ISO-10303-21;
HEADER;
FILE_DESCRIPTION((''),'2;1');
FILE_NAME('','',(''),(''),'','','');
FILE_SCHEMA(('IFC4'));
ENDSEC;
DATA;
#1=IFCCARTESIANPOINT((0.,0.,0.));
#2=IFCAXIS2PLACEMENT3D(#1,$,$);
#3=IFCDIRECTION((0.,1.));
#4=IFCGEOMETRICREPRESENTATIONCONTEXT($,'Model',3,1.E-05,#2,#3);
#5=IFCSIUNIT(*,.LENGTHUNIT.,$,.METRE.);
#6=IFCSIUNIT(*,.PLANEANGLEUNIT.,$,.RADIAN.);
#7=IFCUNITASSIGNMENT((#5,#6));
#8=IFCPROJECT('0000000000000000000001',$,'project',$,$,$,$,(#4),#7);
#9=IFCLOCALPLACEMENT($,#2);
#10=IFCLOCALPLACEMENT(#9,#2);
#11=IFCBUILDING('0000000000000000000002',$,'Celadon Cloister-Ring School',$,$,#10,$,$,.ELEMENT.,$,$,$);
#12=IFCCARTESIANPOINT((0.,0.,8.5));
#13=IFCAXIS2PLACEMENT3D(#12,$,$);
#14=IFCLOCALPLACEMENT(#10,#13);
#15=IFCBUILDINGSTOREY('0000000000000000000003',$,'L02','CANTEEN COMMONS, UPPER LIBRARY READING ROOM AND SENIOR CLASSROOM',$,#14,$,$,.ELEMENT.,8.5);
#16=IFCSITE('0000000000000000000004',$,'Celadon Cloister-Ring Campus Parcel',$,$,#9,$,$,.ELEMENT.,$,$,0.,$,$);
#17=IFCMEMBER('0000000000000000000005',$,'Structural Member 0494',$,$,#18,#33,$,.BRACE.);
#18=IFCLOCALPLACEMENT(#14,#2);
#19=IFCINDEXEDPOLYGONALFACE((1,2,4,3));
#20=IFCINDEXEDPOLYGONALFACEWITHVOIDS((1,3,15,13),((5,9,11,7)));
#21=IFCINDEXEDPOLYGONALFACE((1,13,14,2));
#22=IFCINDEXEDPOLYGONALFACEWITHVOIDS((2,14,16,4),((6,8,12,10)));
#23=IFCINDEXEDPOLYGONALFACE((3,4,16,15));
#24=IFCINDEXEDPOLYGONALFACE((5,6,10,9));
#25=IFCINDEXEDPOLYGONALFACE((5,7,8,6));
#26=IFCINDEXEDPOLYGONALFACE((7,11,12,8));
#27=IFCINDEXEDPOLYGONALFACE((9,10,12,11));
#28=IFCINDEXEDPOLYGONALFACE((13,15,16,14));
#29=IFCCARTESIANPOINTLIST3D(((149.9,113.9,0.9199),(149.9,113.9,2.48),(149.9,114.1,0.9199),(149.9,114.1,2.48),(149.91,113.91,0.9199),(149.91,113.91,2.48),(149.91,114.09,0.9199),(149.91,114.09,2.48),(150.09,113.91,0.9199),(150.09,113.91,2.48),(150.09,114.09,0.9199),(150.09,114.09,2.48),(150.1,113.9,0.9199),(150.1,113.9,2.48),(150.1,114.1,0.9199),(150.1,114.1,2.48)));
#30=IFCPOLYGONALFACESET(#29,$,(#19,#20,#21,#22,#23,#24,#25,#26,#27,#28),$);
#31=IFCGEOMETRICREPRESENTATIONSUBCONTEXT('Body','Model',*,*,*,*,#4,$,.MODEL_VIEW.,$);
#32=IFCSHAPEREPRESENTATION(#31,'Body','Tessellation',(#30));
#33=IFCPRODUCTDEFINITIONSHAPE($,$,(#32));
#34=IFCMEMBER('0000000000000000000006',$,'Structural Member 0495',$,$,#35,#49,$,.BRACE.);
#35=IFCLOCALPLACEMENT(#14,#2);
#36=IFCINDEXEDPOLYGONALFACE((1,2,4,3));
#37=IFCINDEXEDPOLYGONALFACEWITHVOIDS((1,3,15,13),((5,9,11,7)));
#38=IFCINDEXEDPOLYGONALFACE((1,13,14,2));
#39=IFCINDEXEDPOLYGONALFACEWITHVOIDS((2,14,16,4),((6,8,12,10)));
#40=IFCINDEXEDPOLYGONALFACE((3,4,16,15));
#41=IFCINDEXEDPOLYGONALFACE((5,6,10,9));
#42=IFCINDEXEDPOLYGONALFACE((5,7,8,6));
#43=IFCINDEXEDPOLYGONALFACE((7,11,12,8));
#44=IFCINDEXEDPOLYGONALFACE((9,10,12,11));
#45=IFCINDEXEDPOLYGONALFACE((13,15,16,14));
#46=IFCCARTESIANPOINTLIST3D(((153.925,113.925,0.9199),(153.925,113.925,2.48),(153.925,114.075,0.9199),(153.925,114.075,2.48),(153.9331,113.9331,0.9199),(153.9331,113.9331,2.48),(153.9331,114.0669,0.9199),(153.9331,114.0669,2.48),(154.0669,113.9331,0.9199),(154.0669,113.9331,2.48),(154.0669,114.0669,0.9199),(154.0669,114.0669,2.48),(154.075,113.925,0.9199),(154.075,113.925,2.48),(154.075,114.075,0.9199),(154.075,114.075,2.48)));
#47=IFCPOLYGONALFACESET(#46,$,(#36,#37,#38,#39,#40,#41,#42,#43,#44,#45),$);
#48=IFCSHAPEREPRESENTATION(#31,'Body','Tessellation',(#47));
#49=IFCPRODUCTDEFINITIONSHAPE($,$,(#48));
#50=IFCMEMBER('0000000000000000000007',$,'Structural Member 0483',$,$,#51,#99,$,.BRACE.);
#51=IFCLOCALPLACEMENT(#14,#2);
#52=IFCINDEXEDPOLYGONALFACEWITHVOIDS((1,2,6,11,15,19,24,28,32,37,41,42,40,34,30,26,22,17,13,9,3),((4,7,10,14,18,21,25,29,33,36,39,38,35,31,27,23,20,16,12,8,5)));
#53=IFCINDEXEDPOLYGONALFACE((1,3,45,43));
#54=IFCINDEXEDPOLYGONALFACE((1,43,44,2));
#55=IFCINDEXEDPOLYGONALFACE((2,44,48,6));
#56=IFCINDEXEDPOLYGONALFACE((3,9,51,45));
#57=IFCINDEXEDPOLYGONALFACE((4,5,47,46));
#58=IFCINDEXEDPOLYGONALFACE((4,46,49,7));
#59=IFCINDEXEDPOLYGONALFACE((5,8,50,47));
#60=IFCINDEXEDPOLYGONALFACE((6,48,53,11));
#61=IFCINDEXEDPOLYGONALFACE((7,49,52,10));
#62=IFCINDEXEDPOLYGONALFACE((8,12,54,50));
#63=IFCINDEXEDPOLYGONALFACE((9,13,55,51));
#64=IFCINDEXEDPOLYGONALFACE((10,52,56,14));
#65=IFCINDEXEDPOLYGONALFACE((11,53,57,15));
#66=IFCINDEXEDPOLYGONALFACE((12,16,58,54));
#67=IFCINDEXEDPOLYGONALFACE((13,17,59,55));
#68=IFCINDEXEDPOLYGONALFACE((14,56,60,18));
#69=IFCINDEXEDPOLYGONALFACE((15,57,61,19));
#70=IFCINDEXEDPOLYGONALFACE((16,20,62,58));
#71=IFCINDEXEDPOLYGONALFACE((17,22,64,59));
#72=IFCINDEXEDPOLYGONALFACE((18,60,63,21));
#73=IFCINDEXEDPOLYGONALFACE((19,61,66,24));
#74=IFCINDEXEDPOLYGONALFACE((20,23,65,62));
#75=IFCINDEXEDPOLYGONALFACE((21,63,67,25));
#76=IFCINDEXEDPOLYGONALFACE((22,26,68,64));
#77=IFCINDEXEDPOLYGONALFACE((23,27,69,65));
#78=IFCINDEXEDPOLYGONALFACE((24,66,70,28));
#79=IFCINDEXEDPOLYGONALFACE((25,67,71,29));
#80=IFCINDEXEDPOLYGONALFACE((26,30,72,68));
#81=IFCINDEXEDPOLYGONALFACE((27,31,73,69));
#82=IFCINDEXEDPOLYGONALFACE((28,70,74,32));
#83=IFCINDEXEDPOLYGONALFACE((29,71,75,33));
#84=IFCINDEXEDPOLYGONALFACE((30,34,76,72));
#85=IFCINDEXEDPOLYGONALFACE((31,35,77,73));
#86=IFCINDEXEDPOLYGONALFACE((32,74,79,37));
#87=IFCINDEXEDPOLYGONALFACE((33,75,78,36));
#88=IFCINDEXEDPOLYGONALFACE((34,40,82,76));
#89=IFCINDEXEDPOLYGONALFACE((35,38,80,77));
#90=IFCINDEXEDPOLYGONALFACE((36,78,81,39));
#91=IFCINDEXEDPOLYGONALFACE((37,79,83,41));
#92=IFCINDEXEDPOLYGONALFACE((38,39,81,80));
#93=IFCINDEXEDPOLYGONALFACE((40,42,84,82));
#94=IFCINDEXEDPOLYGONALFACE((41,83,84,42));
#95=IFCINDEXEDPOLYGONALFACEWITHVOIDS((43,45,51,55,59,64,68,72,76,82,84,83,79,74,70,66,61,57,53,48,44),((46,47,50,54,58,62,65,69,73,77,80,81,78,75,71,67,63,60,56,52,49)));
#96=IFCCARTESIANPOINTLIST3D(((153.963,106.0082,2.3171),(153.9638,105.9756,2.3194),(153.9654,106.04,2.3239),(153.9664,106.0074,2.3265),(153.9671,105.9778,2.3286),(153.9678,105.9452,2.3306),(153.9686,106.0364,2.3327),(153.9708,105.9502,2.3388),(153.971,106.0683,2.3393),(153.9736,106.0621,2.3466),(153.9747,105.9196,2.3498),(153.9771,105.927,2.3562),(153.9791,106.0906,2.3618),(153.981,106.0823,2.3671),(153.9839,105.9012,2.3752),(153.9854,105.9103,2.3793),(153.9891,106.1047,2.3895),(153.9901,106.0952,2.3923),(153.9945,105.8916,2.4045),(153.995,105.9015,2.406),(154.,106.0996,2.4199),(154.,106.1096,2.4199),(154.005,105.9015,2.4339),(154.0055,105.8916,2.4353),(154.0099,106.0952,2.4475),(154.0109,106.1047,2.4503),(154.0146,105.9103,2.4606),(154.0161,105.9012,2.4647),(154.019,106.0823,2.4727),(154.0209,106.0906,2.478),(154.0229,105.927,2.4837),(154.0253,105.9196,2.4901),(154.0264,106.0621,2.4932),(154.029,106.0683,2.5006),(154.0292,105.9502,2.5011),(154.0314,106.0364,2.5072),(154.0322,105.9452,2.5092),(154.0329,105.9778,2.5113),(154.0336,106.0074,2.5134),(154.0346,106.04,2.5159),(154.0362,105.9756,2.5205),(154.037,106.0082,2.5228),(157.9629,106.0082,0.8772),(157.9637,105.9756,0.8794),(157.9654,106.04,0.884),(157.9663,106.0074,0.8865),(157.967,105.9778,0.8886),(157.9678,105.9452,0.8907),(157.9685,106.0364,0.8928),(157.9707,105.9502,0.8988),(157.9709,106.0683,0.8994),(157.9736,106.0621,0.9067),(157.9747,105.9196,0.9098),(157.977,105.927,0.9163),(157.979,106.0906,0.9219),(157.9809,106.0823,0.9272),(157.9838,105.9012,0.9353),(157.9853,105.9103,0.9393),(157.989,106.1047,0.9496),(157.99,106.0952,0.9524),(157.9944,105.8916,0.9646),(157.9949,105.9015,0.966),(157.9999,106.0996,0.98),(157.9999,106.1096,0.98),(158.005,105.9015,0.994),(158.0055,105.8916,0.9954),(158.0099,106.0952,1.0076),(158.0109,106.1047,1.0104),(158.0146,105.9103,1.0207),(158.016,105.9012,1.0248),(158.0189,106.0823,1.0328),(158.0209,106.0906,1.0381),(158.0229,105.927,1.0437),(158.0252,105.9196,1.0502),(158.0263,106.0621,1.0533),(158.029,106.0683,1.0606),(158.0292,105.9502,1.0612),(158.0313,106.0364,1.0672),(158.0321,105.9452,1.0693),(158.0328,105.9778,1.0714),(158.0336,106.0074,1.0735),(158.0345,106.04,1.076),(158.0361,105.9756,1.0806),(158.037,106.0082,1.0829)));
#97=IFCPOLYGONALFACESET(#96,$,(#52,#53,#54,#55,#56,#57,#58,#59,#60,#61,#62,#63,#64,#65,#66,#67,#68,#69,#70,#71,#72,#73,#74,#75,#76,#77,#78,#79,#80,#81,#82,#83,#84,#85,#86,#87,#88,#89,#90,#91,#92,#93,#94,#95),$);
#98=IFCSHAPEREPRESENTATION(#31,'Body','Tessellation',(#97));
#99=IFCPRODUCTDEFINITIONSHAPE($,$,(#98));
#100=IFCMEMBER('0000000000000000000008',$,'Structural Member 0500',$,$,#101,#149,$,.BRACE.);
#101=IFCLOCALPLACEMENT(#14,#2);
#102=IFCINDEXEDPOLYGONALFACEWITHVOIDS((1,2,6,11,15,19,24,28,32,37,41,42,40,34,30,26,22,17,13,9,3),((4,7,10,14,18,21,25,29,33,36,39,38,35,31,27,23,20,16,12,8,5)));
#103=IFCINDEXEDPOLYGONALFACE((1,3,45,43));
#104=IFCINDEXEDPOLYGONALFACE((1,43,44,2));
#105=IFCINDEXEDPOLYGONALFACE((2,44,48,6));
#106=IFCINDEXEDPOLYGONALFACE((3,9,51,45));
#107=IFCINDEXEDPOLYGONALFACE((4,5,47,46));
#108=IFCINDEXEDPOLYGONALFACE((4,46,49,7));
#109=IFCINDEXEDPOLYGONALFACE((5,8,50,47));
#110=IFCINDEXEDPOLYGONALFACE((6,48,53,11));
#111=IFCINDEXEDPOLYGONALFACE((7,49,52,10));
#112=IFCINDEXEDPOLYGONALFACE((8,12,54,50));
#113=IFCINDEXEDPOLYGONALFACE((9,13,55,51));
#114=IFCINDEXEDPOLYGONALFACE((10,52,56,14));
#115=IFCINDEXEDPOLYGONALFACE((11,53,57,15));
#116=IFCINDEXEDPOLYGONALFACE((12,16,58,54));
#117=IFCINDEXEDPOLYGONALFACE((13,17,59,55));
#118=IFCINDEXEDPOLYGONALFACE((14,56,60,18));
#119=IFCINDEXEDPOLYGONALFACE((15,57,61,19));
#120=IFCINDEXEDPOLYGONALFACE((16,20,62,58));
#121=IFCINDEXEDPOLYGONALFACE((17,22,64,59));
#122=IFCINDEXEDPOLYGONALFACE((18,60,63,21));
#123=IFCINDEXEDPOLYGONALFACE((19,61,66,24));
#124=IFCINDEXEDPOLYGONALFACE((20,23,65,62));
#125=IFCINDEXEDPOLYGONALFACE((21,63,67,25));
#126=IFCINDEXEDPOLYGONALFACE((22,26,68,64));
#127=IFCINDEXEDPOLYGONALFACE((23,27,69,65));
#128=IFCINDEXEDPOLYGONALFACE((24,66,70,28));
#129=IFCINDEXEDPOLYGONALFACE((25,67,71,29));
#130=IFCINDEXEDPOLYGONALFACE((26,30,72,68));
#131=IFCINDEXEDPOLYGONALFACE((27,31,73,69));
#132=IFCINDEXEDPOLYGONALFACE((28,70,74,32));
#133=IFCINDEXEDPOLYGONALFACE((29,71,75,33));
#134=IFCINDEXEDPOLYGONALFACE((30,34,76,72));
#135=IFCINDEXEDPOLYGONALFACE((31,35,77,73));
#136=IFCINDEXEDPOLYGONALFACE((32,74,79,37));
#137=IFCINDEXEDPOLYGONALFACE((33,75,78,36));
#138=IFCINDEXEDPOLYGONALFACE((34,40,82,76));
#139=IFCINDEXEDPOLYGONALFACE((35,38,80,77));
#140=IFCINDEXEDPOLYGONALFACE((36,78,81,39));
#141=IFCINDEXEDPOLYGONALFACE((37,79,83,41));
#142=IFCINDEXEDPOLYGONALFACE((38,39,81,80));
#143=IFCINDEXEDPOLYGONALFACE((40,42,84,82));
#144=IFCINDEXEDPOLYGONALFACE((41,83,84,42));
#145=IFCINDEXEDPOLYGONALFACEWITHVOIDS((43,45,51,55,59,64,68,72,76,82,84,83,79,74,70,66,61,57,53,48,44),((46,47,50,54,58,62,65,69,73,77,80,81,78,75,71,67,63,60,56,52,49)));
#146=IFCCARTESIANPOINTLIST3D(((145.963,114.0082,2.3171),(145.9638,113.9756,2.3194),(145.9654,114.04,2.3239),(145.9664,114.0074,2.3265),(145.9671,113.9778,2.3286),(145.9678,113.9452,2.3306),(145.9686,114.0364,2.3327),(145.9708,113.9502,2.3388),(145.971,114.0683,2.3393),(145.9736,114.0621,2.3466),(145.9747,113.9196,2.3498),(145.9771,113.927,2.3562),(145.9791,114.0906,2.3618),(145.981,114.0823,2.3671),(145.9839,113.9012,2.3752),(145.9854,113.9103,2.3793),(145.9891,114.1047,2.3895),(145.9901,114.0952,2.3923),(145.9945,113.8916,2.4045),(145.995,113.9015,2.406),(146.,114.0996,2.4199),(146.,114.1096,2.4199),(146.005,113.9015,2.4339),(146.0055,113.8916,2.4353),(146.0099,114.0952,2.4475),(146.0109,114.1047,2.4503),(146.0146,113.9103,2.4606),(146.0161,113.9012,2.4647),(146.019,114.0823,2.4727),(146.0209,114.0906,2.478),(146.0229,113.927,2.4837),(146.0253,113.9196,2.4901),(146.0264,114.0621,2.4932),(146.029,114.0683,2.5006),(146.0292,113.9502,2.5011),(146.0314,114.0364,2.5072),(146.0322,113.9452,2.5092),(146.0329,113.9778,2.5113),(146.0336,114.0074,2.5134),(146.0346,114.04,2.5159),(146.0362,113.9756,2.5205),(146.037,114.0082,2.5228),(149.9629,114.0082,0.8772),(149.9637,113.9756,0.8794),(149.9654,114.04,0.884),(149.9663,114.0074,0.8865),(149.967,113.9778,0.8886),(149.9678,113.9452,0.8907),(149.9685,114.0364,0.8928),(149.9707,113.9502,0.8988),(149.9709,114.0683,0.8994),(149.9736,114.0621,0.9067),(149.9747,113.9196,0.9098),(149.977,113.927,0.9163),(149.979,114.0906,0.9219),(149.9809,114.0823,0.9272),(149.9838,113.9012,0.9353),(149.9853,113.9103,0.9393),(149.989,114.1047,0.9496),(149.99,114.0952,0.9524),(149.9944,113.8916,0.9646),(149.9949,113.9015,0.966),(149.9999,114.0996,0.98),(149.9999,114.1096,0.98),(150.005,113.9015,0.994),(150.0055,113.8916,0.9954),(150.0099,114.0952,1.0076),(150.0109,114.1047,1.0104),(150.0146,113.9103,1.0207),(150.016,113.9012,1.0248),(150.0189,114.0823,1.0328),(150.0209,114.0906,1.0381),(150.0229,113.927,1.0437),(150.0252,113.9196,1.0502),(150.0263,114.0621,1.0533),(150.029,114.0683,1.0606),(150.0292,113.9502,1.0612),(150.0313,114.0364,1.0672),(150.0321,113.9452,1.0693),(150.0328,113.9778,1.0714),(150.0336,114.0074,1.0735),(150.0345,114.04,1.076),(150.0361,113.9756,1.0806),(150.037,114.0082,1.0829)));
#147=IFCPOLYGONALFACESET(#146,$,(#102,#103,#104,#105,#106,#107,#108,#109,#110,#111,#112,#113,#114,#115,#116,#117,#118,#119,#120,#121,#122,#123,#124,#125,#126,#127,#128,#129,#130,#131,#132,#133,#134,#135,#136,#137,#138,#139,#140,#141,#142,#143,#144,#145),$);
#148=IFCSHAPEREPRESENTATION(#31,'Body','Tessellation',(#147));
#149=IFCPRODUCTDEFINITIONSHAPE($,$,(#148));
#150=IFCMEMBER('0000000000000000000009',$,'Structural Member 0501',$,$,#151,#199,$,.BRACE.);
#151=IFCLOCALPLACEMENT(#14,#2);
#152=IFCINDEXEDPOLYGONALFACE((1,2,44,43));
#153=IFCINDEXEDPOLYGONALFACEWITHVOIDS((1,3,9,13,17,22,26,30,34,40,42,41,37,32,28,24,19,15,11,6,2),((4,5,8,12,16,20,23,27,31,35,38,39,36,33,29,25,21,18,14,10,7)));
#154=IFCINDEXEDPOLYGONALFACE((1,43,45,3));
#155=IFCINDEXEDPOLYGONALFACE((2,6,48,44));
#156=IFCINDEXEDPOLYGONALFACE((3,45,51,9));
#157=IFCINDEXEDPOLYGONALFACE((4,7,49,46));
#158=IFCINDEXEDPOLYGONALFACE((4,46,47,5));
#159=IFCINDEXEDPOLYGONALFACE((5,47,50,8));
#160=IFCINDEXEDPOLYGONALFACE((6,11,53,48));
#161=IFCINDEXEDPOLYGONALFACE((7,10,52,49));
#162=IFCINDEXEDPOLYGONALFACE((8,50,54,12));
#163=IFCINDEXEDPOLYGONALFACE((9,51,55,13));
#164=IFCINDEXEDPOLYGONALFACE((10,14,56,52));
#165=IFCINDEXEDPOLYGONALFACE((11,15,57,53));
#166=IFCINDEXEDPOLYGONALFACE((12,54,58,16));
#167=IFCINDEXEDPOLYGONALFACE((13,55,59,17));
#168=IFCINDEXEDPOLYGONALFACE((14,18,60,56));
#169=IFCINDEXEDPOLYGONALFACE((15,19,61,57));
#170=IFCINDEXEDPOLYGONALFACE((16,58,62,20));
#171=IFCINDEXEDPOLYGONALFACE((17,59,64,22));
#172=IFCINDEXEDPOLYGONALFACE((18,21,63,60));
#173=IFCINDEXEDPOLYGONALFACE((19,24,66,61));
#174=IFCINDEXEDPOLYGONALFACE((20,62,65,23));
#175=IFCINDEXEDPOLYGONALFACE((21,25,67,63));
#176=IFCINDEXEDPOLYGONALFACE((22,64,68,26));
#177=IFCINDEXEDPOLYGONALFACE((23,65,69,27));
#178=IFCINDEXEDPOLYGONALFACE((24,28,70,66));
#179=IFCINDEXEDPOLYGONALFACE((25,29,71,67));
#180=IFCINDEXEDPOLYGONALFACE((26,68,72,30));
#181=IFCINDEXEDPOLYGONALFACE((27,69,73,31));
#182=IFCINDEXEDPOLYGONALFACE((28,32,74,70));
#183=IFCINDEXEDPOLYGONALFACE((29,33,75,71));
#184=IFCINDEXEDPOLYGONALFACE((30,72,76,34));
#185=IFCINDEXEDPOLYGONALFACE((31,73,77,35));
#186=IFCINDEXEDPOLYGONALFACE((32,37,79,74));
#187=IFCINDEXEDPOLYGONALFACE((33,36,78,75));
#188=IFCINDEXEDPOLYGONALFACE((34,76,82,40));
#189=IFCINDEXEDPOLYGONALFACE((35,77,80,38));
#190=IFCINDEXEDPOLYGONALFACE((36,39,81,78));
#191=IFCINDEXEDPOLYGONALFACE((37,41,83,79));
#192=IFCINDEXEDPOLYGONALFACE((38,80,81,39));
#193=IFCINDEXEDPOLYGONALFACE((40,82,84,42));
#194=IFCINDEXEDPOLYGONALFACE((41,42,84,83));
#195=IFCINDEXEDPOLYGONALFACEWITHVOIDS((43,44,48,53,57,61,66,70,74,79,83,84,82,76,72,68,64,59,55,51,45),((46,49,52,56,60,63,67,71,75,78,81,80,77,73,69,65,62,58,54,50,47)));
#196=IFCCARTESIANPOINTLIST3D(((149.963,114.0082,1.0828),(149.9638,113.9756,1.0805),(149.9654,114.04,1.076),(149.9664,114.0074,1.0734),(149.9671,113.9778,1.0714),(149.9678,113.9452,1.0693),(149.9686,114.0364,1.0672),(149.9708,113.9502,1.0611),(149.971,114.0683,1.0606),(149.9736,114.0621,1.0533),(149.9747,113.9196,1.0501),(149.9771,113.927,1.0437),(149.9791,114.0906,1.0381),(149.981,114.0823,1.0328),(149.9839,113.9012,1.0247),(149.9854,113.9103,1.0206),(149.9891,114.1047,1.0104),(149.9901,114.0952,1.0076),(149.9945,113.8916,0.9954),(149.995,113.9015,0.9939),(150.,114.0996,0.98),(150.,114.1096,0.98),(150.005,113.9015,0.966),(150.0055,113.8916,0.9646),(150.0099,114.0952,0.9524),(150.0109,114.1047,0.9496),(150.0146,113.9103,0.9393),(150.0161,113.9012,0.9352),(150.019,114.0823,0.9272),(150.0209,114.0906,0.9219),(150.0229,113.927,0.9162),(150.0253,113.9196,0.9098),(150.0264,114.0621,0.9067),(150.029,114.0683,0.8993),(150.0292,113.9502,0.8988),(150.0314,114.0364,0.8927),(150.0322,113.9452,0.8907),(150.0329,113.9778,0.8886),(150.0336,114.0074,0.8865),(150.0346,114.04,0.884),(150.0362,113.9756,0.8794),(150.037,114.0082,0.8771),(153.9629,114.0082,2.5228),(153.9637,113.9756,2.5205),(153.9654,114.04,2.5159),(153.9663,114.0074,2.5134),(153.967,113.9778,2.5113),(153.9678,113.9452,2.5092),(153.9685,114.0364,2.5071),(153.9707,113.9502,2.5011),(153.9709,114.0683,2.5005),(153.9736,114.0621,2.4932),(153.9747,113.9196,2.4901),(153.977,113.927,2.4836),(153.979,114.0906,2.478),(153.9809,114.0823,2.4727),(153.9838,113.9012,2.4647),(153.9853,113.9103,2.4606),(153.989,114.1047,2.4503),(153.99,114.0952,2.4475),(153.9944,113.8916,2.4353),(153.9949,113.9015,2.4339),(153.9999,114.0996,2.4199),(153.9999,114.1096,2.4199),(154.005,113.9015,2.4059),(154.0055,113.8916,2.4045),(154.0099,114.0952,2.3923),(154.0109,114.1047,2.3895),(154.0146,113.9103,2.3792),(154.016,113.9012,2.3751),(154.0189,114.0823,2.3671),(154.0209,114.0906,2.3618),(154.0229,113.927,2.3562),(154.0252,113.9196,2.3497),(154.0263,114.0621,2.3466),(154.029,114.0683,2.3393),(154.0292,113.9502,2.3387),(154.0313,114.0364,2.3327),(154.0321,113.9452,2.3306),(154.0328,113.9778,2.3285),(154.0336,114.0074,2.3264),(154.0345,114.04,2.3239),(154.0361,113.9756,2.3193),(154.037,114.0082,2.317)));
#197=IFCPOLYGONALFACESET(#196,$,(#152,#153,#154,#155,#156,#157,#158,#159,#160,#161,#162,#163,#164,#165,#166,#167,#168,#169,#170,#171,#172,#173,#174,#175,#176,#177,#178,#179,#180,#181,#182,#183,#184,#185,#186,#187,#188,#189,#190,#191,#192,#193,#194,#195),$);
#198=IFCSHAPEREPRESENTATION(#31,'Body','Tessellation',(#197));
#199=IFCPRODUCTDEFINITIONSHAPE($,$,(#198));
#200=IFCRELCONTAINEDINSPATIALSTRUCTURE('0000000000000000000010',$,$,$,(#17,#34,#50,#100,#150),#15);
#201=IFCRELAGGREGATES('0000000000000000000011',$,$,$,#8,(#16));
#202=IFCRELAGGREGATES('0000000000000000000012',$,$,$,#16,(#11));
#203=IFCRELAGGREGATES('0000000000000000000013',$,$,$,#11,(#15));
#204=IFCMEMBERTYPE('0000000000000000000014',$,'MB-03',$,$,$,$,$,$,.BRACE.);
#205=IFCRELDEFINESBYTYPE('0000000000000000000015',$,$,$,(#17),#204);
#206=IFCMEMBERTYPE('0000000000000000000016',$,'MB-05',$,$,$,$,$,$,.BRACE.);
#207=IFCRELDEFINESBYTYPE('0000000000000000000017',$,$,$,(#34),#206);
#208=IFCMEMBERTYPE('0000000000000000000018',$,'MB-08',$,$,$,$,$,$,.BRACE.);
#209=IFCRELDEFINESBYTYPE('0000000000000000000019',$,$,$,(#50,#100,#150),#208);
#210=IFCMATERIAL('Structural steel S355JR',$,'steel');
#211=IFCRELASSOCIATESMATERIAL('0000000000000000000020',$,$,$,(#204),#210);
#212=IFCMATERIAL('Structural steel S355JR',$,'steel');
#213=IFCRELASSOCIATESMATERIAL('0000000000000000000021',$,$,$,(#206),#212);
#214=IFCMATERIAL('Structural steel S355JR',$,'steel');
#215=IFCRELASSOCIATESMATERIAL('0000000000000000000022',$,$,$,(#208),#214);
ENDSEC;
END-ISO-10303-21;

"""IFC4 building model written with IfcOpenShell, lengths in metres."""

from ifc_helpers import new_model, si_unit, direction, frame, origin, origin_2d, place, context, subcontext, project, spatial, hollow_rectangle, hollow_circle, extrude, material, material_profile, profile_set, type_object, element, save


model = new_model("IFC4")

# Units and contexts
model_context = context("Model", 3, precision=1e-05, world=origin(), true_north=direction((0.0, 1.0)))
body_context = subcontext(model_context, "Body", "Model", "MODEL_VIEW")
ifc_project = project(units=[si_unit("LENGTHUNIT", "METRE"), si_unit("PLANEANGLEUNIT", "RADIAN")], contexts=[model_context])

# Site, building, storey
site_placement = place(None, origin())
site = spatial("IfcSite", under=ifc_project, at=site_placement, Name="Celadon Cloister-Ring Campus Parcel", CompositionType="ELEMENT", RefElevation=0.0)
building_placement = place(site_placement, origin())
building = spatial("IfcBuilding", under=site, at=building_placement, Name="Celadon Cloister-Ring School", CompositionType="ELEMENT")
storey_placement = place(building_placement, frame((0.0, 0.0, 8.5)))
storey = spatial("IfcBuildingStorey", under=building, at=storey_placement, Name="L02", Description="CANTEEN COMMONS, UPPER LIBRARY READING ROOM AND SENIOR CLASSROOM", CompositionType="ELEMENT", Elevation=8.5)

# Members
ifc_material_1 = material(Name="Structural steel S355JR", Category="steel")
ifc_material_profile_1 = material_profile(ifc_material_1, hollow_rectangle(XDim=0.2, YDim=0.2, WallThickness=0.01, at=origin_2d()), Name="HSS200X200X10")
ifc_profile_set_1 = profile_set([ifc_material_profile_1], Name="Structural steel S355JR")
member_type_1 = type_object("IfcMemberType", Name="MB-03", PredefinedType="BRACE", material=ifc_profile_set_1)
member_1_placement = place(storey_placement, frame((150.0, 114.0, 0.9199), z_axis=(0.0, 0.0, 1.0), x_axis=(1.0, 0.0, 0.0)))
element("IfcMember", 1, at=member_1_placement, inside=storey, type_object=member_type_1, Name="Structural Member 0494", PredefinedType="BRACE", context=body_context, shape_type="SweptSolid", body=[
    extrude(hollow_rectangle(XDim=0.2, YDim=0.2, WallThickness=0.01, at=origin_2d()), origin(), (0.0, 0.0, 1.0), 1.5601),
])
ifc_material_2 = material(Name="Structural steel S355JR", Category="steel")
ifc_material_profile_2 = material_profile(ifc_material_2, hollow_rectangle(XDim=0.1499, YDim=0.1499, WallThickness=0.0081, at=origin_2d()), Name="HSS150X150X8")
ifc_profile_set_2 = profile_set([ifc_material_profile_2], Name="Structural steel S355JR")
member_type_2 = type_object("IfcMemberType", Name="MB-05", PredefinedType="BRACE", material=ifc_profile_set_2)
member_2_placement = place(storey_placement, frame((154.0, 114.0, 0.9199), z_axis=(0.0, 0.0, 1.0), x_axis=(1.0, 0.0, 0.0)))
element("IfcMember", 2, at=member_2_placement, inside=storey, type_object=member_type_2, Name="Structural Member 0495", PredefinedType="BRACE", context=body_context, shape_type="SweptSolid", body=[
    extrude(hollow_rectangle(XDim=0.1499, YDim=0.1499, WallThickness=0.0081, at=origin_2d()), origin(), (0.0, 0.0, 1.0), 1.5601),
])
ifc_material_3 = material(Name="Structural steel S355JR", Category="steel")
ifc_material_profile_3 = material_profile(ifc_material_3, hollow_circle(Radius=0.1096, WallThickness=0.01, at=origin_2d()), Name="CHS219.1X10")
ifc_profile_set_3 = profile_set([ifc_material_profile_3], Name="Structural steel S355JR")
member_type_3 = type_object("IfcMemberType", Name="MB-08", PredefinedType="BRACE", material=ifc_profile_set_3)
for number, where, z_axis, x_axis, name in (
    (3, (154.0, 106.0, 2.4199), (0.940892, 0.0, -0.338707), (0.0, 1.0, 0.0), "Structural Member 0483"),
    (4, (146.0, 114.0, 2.4199), (0.940892, 0.0, -0.338707), (0.0, 1.0, 0.0), "Structural Member 0500"),
    (5, (150.0, 114.0, 0.98), (0.940892, 0.0, 0.338707), (0.0, 1.0, 0.0), "Structural Member 0501"),
):
    element("IfcMember", number, at=place(storey_placement, frame(where, z_axis=z_axis, x_axis=x_axis)), inside=storey, type_object=member_type_3, Name=name, PredefinedType="BRACE", context=body_context, shape_type="SweptSolid", body=[
        extrude(hollow_circle(Radius=0.1096, WallThickness=0.01, at=origin_2d()), origin(), (0.0, 0.0, 1.0), 4.2512),
    ])

save(model, "model.ifc")
